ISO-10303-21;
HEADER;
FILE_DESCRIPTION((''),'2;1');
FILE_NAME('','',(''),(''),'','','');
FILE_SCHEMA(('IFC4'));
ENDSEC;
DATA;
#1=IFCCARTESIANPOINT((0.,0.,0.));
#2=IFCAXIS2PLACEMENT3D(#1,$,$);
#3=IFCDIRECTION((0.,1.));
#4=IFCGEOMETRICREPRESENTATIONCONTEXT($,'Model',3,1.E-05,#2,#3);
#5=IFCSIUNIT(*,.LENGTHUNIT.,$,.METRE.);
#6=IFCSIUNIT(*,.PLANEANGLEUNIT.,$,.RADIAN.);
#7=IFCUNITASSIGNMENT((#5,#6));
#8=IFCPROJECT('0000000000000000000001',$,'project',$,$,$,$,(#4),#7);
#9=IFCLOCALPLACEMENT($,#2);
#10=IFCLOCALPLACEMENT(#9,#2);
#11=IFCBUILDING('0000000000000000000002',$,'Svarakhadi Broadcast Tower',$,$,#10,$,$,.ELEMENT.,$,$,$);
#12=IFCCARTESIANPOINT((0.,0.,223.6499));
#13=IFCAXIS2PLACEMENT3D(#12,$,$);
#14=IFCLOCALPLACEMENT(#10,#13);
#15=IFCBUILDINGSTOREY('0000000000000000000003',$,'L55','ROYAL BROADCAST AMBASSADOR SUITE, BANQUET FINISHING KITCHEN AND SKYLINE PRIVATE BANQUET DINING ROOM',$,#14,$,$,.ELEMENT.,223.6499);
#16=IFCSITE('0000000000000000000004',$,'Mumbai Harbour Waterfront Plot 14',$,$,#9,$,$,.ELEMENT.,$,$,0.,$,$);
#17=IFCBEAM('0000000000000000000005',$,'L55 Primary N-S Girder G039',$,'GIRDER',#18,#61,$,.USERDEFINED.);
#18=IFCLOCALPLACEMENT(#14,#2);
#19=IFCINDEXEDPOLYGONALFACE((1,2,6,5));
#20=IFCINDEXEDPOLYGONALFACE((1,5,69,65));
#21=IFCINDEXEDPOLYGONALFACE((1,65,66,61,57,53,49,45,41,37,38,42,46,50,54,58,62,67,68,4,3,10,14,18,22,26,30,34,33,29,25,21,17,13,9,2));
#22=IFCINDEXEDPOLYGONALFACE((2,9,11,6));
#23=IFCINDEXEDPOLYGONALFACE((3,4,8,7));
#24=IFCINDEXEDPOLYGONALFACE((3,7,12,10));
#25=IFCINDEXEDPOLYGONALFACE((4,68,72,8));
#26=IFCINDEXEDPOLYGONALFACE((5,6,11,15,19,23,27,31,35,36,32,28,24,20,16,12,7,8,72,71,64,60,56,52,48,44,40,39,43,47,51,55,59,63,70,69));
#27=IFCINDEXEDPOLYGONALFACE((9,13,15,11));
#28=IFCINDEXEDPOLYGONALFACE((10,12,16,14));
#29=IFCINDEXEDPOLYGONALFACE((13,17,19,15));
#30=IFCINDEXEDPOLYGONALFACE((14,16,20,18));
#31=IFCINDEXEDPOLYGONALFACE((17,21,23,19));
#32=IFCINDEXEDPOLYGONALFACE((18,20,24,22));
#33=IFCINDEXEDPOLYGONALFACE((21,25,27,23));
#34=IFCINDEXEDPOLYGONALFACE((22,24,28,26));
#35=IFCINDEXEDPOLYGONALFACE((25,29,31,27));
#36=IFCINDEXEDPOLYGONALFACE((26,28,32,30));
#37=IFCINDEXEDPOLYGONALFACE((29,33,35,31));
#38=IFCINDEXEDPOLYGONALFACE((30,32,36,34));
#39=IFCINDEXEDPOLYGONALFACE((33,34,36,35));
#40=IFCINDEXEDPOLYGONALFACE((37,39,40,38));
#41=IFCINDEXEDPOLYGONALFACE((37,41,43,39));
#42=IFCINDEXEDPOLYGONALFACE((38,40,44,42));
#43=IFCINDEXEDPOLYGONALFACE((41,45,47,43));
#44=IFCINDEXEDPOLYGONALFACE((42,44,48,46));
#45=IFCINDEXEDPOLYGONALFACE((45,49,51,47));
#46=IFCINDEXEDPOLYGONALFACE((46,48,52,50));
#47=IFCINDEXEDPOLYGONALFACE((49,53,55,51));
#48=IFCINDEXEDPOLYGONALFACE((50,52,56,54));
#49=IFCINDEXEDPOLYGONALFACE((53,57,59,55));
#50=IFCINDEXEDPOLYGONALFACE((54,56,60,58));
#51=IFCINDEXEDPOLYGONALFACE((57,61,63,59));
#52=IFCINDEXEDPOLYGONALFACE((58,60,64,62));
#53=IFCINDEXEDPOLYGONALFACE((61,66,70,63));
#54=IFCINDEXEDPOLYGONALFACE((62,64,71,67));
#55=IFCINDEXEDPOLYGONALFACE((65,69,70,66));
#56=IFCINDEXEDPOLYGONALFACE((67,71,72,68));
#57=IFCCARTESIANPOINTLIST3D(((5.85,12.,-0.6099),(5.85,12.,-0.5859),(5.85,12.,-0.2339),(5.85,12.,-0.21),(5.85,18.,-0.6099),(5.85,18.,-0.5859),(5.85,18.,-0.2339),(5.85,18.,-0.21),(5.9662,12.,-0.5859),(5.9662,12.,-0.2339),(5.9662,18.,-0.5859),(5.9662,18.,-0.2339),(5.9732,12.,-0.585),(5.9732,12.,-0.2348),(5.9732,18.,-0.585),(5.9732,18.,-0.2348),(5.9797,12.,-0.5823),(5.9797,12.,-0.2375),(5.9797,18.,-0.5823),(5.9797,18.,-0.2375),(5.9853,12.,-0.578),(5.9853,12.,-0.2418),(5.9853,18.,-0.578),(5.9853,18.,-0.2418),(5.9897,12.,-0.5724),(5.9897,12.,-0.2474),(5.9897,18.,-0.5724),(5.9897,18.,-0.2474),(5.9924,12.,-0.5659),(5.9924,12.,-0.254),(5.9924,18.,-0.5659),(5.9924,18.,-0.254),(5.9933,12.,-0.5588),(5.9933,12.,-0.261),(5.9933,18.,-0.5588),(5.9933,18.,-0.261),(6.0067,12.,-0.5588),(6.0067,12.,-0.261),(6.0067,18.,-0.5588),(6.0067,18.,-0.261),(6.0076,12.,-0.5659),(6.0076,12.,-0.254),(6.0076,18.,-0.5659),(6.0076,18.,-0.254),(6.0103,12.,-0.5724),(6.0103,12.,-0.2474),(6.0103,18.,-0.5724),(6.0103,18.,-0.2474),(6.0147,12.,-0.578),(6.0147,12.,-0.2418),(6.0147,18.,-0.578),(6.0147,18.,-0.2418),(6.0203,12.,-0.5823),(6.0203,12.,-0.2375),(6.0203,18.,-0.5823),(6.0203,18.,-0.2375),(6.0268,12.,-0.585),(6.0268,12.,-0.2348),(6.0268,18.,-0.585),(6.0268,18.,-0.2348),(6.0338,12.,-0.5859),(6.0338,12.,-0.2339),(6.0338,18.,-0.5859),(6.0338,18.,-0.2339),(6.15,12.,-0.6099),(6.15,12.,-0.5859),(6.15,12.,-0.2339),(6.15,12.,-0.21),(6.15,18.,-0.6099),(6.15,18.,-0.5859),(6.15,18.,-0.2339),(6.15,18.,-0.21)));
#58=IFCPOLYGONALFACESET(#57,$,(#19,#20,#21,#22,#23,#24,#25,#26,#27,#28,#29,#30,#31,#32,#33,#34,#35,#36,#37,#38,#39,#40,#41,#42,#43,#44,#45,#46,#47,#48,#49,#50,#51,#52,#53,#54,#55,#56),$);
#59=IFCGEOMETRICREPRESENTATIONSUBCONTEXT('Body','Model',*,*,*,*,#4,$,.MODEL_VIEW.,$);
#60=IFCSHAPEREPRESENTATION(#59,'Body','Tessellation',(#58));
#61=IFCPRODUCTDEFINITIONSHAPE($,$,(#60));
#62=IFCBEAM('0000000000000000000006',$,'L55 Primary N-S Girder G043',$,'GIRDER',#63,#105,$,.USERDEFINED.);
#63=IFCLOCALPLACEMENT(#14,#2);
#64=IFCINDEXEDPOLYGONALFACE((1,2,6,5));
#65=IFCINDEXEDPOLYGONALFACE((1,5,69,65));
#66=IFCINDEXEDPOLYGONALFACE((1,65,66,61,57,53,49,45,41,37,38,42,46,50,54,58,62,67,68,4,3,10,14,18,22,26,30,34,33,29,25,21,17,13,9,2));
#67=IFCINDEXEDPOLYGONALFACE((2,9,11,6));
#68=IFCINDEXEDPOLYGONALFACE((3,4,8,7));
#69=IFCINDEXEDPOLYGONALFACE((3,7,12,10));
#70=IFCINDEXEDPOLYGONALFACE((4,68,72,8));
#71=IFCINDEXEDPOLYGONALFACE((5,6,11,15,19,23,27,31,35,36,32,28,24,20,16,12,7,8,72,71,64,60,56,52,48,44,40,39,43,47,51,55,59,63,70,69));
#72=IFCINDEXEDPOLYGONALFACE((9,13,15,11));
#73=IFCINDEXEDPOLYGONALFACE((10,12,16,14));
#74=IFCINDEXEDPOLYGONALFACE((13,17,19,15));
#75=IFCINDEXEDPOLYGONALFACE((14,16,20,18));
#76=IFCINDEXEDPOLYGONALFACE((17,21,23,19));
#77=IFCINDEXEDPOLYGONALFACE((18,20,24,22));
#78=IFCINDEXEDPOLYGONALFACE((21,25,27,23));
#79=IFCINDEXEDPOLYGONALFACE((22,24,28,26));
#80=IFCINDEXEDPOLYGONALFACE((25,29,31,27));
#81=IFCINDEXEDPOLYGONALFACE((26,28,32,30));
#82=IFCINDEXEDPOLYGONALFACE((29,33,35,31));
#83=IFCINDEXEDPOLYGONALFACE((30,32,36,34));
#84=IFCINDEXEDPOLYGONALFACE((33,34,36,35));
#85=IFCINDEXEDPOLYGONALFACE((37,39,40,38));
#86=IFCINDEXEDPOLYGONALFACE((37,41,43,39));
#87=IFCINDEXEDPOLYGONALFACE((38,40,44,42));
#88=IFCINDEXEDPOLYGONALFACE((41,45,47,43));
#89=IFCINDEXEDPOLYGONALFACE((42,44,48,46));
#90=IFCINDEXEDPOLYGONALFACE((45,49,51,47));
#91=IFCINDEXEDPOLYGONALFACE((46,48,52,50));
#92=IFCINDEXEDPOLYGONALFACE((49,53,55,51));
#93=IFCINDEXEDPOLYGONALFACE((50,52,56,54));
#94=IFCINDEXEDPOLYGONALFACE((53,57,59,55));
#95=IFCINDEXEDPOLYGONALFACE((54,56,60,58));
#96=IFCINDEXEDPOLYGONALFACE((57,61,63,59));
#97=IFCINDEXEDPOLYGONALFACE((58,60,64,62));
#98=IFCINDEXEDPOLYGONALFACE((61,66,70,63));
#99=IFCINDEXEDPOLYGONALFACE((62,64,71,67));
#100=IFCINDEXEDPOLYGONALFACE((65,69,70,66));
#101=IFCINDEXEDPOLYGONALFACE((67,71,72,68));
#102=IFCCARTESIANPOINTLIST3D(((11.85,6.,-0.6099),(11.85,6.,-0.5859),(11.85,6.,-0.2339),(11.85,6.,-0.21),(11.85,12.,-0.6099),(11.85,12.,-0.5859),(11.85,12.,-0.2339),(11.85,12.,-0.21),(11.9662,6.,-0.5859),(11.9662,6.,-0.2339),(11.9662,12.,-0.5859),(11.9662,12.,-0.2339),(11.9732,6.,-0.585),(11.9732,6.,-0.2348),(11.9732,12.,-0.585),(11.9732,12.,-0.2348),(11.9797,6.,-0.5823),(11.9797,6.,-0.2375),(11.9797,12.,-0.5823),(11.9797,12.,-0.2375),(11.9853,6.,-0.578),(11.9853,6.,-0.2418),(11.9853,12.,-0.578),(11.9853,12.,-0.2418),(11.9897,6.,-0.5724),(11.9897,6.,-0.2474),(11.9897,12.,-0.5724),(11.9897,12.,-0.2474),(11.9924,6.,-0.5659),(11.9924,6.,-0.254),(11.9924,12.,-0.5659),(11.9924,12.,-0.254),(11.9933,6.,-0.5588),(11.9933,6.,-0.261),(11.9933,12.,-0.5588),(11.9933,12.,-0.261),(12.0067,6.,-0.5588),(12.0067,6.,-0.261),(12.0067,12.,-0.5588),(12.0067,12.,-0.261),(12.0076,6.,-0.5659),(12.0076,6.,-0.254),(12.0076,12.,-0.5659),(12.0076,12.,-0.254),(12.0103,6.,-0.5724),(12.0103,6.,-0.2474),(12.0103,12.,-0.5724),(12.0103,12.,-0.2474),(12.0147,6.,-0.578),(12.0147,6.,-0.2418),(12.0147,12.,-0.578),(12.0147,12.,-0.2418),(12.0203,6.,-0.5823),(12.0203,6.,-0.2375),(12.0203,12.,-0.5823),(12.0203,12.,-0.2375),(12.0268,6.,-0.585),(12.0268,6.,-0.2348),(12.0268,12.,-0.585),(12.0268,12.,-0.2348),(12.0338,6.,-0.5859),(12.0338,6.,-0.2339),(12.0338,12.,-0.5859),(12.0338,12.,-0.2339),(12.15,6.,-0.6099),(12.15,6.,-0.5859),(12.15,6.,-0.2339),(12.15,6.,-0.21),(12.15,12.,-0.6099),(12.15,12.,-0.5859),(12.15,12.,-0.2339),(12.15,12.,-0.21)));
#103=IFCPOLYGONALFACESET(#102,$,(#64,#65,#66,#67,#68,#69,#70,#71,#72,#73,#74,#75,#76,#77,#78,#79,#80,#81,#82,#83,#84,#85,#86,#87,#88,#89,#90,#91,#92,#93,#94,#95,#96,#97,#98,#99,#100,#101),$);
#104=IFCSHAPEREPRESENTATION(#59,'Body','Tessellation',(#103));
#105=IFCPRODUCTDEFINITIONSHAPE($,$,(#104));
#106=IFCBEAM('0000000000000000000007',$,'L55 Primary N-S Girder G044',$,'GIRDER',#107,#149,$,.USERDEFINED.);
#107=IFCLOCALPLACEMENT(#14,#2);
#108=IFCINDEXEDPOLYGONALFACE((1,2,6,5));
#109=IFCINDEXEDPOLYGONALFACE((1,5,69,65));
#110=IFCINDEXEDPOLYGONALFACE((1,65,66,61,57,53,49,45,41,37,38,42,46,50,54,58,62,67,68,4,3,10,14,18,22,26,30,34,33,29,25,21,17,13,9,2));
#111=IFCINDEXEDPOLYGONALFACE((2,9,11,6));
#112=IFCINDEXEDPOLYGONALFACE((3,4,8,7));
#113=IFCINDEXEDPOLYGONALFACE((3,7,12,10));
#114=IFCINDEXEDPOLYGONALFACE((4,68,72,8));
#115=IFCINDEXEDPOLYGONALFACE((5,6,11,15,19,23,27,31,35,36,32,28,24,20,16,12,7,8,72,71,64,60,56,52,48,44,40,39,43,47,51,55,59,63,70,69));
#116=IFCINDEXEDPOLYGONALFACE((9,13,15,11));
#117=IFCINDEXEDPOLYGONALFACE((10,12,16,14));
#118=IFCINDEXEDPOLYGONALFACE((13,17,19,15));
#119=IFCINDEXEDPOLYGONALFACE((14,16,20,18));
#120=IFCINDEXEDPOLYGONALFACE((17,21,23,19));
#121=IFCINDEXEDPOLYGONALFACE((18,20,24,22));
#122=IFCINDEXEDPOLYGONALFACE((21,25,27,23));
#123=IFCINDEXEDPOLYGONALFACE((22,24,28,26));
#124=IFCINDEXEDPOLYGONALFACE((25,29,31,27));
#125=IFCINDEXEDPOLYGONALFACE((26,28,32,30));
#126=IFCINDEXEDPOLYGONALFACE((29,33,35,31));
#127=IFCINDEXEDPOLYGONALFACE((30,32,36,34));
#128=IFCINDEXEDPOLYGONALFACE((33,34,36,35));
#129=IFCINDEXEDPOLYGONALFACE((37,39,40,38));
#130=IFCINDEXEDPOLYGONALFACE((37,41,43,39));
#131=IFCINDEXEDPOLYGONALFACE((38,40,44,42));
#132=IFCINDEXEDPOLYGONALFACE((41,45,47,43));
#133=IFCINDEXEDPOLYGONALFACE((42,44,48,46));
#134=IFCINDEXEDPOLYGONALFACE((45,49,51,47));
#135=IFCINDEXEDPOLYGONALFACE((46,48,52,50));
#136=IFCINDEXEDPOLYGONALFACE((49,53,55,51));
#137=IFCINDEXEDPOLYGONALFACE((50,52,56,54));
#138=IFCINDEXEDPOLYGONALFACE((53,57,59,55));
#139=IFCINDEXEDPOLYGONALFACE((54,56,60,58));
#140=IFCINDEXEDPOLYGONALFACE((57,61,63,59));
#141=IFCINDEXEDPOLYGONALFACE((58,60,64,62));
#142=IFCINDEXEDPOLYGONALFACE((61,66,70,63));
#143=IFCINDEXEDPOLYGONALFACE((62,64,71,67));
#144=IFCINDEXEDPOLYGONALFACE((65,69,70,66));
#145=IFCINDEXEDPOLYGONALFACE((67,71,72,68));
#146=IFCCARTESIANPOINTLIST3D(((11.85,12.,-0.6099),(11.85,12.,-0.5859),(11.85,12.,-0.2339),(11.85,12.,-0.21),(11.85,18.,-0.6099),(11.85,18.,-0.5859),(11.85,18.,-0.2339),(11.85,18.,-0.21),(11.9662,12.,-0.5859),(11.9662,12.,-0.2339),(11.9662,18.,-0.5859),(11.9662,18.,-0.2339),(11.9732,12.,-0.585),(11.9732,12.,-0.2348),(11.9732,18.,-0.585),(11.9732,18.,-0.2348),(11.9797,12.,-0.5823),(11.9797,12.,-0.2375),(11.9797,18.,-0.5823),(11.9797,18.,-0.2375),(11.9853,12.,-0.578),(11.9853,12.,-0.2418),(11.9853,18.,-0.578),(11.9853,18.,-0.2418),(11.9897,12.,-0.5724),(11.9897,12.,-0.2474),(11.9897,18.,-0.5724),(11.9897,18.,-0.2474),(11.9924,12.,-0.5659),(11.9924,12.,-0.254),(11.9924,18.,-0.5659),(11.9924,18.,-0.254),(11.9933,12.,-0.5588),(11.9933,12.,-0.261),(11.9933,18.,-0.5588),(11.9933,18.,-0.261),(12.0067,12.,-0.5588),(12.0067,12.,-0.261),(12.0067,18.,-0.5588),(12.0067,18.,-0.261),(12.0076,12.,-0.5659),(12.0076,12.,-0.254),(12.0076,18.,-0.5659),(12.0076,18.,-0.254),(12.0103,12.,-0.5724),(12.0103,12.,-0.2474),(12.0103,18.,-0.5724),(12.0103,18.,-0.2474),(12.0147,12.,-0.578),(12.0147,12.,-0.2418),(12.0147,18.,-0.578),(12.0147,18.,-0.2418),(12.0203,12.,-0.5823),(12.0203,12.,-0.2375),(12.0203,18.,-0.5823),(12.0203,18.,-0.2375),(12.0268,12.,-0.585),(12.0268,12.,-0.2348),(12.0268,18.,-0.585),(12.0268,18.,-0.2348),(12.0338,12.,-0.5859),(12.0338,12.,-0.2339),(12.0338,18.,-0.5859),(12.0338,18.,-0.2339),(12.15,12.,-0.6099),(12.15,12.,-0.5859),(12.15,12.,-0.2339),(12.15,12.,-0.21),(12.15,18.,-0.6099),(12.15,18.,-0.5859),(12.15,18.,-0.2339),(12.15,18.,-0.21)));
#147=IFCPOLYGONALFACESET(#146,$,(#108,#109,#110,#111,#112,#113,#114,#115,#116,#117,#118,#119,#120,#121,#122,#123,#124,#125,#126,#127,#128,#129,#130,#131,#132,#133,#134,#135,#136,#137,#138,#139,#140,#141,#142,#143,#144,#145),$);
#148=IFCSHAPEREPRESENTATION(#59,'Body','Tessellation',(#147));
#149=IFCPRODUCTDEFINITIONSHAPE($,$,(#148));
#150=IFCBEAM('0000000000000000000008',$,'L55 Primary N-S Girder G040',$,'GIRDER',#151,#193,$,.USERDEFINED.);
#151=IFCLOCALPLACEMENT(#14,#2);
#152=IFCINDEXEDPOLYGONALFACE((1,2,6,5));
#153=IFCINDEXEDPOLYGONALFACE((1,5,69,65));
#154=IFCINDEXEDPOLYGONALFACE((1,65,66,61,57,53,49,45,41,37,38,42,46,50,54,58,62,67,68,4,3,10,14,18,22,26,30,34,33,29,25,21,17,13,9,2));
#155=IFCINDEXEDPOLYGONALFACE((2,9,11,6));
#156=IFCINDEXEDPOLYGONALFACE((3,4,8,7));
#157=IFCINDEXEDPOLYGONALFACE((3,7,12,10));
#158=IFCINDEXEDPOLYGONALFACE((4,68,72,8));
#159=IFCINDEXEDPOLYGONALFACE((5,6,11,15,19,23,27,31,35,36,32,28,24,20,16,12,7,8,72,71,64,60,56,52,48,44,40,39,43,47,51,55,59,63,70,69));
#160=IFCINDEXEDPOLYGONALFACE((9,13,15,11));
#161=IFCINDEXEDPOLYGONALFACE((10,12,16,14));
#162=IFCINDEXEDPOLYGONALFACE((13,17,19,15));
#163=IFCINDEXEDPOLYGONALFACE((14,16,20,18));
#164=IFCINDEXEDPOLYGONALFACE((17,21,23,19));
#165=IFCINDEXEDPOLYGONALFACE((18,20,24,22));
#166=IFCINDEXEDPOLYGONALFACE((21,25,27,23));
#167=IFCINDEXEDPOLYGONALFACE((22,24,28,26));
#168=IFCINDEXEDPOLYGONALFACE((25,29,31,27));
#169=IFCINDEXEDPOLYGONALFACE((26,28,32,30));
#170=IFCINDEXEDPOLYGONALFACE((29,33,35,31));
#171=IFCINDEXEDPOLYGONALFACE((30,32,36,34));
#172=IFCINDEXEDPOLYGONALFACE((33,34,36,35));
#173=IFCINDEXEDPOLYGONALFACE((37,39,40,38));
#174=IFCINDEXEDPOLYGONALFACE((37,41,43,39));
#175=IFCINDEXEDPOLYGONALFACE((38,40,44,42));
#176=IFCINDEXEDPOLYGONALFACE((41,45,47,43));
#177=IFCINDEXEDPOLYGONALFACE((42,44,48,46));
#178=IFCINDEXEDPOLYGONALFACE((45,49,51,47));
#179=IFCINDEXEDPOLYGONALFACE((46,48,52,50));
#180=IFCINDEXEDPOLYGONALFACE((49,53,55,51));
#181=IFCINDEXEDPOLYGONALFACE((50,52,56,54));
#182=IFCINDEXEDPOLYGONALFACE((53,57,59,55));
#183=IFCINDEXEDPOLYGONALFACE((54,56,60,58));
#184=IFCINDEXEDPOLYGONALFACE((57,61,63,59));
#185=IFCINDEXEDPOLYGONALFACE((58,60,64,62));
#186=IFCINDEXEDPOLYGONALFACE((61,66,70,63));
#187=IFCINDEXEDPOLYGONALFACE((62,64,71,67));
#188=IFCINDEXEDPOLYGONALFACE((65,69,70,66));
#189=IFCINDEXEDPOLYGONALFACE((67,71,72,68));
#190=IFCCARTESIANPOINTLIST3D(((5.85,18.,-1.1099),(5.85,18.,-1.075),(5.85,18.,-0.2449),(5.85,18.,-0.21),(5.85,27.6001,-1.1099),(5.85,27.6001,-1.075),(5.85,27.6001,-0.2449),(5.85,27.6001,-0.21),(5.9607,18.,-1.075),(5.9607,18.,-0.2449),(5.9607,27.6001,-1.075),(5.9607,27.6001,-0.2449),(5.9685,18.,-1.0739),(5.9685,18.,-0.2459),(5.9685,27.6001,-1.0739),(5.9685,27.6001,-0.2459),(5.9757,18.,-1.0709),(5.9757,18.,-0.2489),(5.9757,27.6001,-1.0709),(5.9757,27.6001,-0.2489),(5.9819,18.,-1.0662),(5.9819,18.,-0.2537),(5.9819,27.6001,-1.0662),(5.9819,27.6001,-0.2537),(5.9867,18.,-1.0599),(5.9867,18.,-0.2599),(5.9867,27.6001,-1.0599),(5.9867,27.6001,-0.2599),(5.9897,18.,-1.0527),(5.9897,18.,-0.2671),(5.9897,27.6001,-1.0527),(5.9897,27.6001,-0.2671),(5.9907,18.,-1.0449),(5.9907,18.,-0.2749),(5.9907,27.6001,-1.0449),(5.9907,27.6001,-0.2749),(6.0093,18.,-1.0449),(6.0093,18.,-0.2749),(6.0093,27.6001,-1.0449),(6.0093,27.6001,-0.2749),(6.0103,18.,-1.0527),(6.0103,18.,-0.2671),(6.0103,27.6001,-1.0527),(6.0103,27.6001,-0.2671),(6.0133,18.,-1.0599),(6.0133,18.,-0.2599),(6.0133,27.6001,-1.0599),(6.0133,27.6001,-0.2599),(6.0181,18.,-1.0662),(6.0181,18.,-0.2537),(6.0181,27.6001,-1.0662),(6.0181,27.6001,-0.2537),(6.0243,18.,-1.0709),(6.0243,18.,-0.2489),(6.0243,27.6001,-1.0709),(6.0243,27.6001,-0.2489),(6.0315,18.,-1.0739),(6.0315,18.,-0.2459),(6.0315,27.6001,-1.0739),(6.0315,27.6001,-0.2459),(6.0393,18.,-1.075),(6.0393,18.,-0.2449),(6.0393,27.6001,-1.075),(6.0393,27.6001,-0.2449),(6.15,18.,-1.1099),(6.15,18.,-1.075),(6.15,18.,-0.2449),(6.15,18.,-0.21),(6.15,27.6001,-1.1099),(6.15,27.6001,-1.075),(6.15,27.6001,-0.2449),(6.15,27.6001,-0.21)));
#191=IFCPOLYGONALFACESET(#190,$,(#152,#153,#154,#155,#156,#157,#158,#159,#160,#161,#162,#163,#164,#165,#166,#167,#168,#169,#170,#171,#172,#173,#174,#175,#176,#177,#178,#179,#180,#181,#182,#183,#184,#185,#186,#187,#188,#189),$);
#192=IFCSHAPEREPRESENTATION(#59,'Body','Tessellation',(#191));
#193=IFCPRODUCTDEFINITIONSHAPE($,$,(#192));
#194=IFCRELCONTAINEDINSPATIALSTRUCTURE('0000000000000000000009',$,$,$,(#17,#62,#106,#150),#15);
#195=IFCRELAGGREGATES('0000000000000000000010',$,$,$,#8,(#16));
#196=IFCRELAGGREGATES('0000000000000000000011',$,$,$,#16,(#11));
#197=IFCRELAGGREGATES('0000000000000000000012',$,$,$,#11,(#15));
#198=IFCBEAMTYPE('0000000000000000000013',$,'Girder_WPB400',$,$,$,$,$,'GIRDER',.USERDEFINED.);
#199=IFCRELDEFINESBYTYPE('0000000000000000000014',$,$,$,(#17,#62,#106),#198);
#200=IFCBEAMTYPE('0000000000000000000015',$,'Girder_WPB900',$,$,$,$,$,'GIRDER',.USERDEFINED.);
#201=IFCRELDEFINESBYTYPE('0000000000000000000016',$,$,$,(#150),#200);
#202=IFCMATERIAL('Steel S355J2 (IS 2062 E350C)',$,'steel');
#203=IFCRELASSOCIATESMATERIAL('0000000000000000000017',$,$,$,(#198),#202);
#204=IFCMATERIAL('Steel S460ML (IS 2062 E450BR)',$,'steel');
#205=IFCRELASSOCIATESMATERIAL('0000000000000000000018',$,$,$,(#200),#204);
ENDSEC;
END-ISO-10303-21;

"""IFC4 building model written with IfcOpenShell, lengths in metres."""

from ifc_helpers import new_model, si_unit, direction, frame, origin, origin_2d, place, context, subcontext, project, spatial, i_section, extrude, material, material_profile, profile_set, type_object, element, save


model = new_model("IFC4")

# Units and contexts
model_context = context("Model", 3, precision=1e-05, world=origin(), true_north=direction((0.0, 1.0)))
body_context = subcontext(model_context, "Body", "Model", "MODEL_VIEW")
ifc_project = project(units=[si_unit("LENGTHUNIT", "METRE"), si_unit("PLANEANGLEUNIT", "RADIAN")], contexts=[model_context])

# Site, building, storey
site_placement = place(None, origin())
site = spatial("IfcSite", under=ifc_project, at=site_placement, Name="Mumbai Harbour Waterfront Plot 14", CompositionType="ELEMENT", RefElevation=0.0)
building_placement = place(site_placement, origin())
building = spatial("IfcBuilding", under=site, at=building_placement, Name="Svarakhadi Broadcast Tower", CompositionType="ELEMENT")
storey_placement = place(building_placement, frame((0.0, 0.0, 223.6499)))
storey = spatial("IfcBuildingStorey", under=building, at=storey_placement, Name="L55", Description="ROYAL BROADCAST AMBASSADOR SUITE, BANQUET FINISHING KITCHEN AND SKYLINE PRIVATE BANQUET DINING ROOM", CompositionType="ELEMENT", Elevation=223.6499)

# Shared definitions
ifc_material_1 = material(Name="Steel S460ML (IS 2062 E450BR)", Category="steel")

# Beams
ifc_material_2 = material(Name="Steel S355J2 (IS 2062 E350C)", Category="steel")
ifc_material_profile_1 = material_profile(ifc_material_2, i_section(OverallWidth=0.3, OverallDepth=0.3999, WebThickness=0.0134, FlangeThickness=0.0239, FilletRadius=0.0271, at=origin_2d()), Name="WPB 400x300x155")
ifc_profile_set_1 = profile_set([ifc_material_profile_1], Name="Steel S355J2 (IS 2062 E350C)")
beam_type_1 = type_object("IfcBeamType", Name="Girder_WPB400", ElementType="GIRDER", PredefinedType="USERDEFINED", material=ifc_profile_set_1)
for number, where, z_axis, x_axis, name in (
    (1, (6.0, 12.0, -0.4099), (0.0, 1.0, 0.0), (-1.0, 0.0, 0.0), "L55 Primary N-S Girder G039"),
    (2, (12.0, 6.0, -0.4099), (0.0, 1.0, 0.0), (-1.0, 0.0, 0.0), "L55 Primary N-S Girder G043"),
    (3, (12.0, 12.0, -0.4099), (0.0, 1.0, 0.0), (-1.0, 0.0, 0.0), "L55 Primary N-S Girder G044"),
):
    element("IfcBeam", number, at=place(storey_placement, frame(where, z_axis=z_axis, x_axis=x_axis)), inside=storey, type_object=beam_type_1, Name=name, ObjectType="GIRDER", PredefinedType="USERDEFINED", context=body_context, shape_type="SweptSolid", body=[
        extrude(i_section(OverallWidth=0.3, OverallDepth=0.3999, WebThickness=0.0134, FlangeThickness=0.0239, FilletRadius=0.0271, at=origin_2d()), origin(), (0.0, 0.0, 1.0), 6.0),
    ])
ifc_material_profile_2 = material_profile(ifc_material_1, i_section(OverallWidth=0.3, OverallDepth=0.8999, WebThickness=0.0186, FlangeThickness=0.0349, FilletRadius=0.03, at=origin_2d()), Name="WPB 900x300x291")
ifc_profile_set_2 = profile_set([ifc_material_profile_2], Name="Steel S460ML (IS 2062 E450BR)")
beam_type_2 = type_object("IfcBeamType", Name="Girder_WPB900", ElementType="GIRDER", PredefinedType="USERDEFINED", material=ifc_profile_set_2)
beam_placement = place(storey_placement, frame((6.0, 18.0, -0.6599), z_axis=(0.0, 1.0, 0.0), x_axis=(-1.0, 0.0, 0.0)))
element("IfcBeam", 4, at=beam_placement, inside=storey, type_object=beam_type_2, Name="L55 Primary N-S Girder G040", ObjectType="GIRDER", PredefinedType="USERDEFINED", context=body_context, shape_type="SweptSolid", body=[
    extrude(i_section(OverallWidth=0.3, OverallDepth=0.8999, WebThickness=0.0186, FlangeThickness=0.0349, FilletRadius=0.03, at=origin_2d()), origin(), (0.0, 0.0, 1.0), 9.6001),
])

save(model, "model.ifc")
